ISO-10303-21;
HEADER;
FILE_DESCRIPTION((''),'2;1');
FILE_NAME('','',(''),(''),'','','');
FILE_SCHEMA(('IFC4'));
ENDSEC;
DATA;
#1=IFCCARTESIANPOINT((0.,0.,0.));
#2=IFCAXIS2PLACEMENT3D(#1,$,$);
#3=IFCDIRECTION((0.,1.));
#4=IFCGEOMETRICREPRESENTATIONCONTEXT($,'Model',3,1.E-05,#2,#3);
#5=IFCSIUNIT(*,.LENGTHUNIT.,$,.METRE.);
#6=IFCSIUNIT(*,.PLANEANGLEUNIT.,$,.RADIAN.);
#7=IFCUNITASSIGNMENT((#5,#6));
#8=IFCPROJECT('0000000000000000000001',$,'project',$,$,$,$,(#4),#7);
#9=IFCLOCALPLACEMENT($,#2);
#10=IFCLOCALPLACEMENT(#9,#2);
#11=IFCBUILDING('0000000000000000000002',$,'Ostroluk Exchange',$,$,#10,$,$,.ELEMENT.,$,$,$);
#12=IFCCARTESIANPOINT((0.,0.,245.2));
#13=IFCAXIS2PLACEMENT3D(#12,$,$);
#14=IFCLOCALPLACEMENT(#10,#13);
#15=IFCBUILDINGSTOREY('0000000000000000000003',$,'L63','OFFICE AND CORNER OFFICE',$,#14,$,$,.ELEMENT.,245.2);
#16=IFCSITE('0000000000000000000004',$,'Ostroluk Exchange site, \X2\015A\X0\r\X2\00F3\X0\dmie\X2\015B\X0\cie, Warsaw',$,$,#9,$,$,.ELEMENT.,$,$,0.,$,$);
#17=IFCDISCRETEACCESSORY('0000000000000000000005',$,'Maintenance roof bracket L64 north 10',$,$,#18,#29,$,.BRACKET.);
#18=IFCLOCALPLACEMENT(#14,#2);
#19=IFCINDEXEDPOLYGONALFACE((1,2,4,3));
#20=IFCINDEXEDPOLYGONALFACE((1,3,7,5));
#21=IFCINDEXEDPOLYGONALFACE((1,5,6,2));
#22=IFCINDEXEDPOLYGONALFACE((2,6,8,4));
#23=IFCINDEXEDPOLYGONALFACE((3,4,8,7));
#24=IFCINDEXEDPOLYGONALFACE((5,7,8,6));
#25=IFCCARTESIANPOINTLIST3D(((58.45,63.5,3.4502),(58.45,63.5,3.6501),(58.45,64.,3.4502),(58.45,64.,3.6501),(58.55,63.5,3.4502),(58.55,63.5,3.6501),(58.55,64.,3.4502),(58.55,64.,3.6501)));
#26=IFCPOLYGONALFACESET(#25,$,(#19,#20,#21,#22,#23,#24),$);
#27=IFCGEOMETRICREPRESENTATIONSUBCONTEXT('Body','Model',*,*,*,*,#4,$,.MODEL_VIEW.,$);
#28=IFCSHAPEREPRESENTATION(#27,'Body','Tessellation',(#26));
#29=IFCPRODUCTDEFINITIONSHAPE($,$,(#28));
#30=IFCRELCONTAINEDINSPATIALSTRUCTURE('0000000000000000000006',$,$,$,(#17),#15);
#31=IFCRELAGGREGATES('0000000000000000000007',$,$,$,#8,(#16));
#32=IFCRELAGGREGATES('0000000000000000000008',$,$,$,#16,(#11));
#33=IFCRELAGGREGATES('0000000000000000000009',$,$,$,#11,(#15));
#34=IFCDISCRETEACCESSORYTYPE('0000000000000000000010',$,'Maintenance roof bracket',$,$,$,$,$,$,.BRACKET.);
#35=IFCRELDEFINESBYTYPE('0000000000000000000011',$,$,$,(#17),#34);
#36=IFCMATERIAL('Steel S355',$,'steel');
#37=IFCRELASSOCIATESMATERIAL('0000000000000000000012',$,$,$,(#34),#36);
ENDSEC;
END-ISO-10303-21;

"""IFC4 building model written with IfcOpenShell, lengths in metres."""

from ifc_helpers import new_model, si_unit, direction, frame, origin, origin_2d, place, context, subcontext, project, spatial, rectangle, extrude, material, type_object, element, save


model = new_model("IFC4")

# Units and contexts
model_context = context("Model", 3, precision=1e-05, world=origin(), true_north=direction((0.0, 1.0)))
body_context = subcontext(model_context, "Body", "Model", "MODEL_VIEW")
ifc_project = project(units=[si_unit("LENGTHUNIT", "METRE"), si_unit("PLANEANGLEUNIT", "RADIAN")], contexts=[model_context])

# Site, building, storey
site_placement = place(None, origin())
site = spatial("IfcSite", under=ifc_project, at=site_placement, Name="Ostroluk Exchange site, Śródmieście, Warsaw", CompositionType="ELEMENT", RefElevation=0.0)
building_placement = place(site_placement, origin())
building = spatial("IfcBuilding", under=site, at=building_placement, Name="Ostroluk Exchange", CompositionType="ELEMENT")
storey_placement = place(building_placement, frame((0.0, 0.0, 245.2)))
storey = spatial("IfcBuildingStorey", under=building, at=storey_placement, Name="L63", Description="OFFICE AND CORNER OFFICE", CompositionType="ELEMENT", Elevation=245.2)

# Discrete accessory
ifc_material_1 = material(Name="Steel S355", Category="steel")
discrete_accessory_type = type_object("IfcDiscreteAccessoryType", Name="Maintenance roof bracket", PredefinedType="BRACKET", material=ifc_material_1)
discrete_accessory_1_placement = place(storey_placement, frame((58.5, 63.75, 3.4502), z_axis=(0.0, 0.0, 1.0), x_axis=(1.0, 0.0, 0.0)))
element("IfcDiscreteAccessory", 1, at=discrete_accessory_1_placement, inside=storey, type_object=discrete_accessory_type, Name="Maintenance roof bracket L64 north 10", PredefinedType="BRACKET", context=body_context, shape_type="SweptSolid", body=[
    extrude(rectangle(XDim=0.1001, YDim=0.5, at=origin_2d()), origin(), (0.0, 0.0, 1.0), 0.2),
])

save(model, "model.ifc")
